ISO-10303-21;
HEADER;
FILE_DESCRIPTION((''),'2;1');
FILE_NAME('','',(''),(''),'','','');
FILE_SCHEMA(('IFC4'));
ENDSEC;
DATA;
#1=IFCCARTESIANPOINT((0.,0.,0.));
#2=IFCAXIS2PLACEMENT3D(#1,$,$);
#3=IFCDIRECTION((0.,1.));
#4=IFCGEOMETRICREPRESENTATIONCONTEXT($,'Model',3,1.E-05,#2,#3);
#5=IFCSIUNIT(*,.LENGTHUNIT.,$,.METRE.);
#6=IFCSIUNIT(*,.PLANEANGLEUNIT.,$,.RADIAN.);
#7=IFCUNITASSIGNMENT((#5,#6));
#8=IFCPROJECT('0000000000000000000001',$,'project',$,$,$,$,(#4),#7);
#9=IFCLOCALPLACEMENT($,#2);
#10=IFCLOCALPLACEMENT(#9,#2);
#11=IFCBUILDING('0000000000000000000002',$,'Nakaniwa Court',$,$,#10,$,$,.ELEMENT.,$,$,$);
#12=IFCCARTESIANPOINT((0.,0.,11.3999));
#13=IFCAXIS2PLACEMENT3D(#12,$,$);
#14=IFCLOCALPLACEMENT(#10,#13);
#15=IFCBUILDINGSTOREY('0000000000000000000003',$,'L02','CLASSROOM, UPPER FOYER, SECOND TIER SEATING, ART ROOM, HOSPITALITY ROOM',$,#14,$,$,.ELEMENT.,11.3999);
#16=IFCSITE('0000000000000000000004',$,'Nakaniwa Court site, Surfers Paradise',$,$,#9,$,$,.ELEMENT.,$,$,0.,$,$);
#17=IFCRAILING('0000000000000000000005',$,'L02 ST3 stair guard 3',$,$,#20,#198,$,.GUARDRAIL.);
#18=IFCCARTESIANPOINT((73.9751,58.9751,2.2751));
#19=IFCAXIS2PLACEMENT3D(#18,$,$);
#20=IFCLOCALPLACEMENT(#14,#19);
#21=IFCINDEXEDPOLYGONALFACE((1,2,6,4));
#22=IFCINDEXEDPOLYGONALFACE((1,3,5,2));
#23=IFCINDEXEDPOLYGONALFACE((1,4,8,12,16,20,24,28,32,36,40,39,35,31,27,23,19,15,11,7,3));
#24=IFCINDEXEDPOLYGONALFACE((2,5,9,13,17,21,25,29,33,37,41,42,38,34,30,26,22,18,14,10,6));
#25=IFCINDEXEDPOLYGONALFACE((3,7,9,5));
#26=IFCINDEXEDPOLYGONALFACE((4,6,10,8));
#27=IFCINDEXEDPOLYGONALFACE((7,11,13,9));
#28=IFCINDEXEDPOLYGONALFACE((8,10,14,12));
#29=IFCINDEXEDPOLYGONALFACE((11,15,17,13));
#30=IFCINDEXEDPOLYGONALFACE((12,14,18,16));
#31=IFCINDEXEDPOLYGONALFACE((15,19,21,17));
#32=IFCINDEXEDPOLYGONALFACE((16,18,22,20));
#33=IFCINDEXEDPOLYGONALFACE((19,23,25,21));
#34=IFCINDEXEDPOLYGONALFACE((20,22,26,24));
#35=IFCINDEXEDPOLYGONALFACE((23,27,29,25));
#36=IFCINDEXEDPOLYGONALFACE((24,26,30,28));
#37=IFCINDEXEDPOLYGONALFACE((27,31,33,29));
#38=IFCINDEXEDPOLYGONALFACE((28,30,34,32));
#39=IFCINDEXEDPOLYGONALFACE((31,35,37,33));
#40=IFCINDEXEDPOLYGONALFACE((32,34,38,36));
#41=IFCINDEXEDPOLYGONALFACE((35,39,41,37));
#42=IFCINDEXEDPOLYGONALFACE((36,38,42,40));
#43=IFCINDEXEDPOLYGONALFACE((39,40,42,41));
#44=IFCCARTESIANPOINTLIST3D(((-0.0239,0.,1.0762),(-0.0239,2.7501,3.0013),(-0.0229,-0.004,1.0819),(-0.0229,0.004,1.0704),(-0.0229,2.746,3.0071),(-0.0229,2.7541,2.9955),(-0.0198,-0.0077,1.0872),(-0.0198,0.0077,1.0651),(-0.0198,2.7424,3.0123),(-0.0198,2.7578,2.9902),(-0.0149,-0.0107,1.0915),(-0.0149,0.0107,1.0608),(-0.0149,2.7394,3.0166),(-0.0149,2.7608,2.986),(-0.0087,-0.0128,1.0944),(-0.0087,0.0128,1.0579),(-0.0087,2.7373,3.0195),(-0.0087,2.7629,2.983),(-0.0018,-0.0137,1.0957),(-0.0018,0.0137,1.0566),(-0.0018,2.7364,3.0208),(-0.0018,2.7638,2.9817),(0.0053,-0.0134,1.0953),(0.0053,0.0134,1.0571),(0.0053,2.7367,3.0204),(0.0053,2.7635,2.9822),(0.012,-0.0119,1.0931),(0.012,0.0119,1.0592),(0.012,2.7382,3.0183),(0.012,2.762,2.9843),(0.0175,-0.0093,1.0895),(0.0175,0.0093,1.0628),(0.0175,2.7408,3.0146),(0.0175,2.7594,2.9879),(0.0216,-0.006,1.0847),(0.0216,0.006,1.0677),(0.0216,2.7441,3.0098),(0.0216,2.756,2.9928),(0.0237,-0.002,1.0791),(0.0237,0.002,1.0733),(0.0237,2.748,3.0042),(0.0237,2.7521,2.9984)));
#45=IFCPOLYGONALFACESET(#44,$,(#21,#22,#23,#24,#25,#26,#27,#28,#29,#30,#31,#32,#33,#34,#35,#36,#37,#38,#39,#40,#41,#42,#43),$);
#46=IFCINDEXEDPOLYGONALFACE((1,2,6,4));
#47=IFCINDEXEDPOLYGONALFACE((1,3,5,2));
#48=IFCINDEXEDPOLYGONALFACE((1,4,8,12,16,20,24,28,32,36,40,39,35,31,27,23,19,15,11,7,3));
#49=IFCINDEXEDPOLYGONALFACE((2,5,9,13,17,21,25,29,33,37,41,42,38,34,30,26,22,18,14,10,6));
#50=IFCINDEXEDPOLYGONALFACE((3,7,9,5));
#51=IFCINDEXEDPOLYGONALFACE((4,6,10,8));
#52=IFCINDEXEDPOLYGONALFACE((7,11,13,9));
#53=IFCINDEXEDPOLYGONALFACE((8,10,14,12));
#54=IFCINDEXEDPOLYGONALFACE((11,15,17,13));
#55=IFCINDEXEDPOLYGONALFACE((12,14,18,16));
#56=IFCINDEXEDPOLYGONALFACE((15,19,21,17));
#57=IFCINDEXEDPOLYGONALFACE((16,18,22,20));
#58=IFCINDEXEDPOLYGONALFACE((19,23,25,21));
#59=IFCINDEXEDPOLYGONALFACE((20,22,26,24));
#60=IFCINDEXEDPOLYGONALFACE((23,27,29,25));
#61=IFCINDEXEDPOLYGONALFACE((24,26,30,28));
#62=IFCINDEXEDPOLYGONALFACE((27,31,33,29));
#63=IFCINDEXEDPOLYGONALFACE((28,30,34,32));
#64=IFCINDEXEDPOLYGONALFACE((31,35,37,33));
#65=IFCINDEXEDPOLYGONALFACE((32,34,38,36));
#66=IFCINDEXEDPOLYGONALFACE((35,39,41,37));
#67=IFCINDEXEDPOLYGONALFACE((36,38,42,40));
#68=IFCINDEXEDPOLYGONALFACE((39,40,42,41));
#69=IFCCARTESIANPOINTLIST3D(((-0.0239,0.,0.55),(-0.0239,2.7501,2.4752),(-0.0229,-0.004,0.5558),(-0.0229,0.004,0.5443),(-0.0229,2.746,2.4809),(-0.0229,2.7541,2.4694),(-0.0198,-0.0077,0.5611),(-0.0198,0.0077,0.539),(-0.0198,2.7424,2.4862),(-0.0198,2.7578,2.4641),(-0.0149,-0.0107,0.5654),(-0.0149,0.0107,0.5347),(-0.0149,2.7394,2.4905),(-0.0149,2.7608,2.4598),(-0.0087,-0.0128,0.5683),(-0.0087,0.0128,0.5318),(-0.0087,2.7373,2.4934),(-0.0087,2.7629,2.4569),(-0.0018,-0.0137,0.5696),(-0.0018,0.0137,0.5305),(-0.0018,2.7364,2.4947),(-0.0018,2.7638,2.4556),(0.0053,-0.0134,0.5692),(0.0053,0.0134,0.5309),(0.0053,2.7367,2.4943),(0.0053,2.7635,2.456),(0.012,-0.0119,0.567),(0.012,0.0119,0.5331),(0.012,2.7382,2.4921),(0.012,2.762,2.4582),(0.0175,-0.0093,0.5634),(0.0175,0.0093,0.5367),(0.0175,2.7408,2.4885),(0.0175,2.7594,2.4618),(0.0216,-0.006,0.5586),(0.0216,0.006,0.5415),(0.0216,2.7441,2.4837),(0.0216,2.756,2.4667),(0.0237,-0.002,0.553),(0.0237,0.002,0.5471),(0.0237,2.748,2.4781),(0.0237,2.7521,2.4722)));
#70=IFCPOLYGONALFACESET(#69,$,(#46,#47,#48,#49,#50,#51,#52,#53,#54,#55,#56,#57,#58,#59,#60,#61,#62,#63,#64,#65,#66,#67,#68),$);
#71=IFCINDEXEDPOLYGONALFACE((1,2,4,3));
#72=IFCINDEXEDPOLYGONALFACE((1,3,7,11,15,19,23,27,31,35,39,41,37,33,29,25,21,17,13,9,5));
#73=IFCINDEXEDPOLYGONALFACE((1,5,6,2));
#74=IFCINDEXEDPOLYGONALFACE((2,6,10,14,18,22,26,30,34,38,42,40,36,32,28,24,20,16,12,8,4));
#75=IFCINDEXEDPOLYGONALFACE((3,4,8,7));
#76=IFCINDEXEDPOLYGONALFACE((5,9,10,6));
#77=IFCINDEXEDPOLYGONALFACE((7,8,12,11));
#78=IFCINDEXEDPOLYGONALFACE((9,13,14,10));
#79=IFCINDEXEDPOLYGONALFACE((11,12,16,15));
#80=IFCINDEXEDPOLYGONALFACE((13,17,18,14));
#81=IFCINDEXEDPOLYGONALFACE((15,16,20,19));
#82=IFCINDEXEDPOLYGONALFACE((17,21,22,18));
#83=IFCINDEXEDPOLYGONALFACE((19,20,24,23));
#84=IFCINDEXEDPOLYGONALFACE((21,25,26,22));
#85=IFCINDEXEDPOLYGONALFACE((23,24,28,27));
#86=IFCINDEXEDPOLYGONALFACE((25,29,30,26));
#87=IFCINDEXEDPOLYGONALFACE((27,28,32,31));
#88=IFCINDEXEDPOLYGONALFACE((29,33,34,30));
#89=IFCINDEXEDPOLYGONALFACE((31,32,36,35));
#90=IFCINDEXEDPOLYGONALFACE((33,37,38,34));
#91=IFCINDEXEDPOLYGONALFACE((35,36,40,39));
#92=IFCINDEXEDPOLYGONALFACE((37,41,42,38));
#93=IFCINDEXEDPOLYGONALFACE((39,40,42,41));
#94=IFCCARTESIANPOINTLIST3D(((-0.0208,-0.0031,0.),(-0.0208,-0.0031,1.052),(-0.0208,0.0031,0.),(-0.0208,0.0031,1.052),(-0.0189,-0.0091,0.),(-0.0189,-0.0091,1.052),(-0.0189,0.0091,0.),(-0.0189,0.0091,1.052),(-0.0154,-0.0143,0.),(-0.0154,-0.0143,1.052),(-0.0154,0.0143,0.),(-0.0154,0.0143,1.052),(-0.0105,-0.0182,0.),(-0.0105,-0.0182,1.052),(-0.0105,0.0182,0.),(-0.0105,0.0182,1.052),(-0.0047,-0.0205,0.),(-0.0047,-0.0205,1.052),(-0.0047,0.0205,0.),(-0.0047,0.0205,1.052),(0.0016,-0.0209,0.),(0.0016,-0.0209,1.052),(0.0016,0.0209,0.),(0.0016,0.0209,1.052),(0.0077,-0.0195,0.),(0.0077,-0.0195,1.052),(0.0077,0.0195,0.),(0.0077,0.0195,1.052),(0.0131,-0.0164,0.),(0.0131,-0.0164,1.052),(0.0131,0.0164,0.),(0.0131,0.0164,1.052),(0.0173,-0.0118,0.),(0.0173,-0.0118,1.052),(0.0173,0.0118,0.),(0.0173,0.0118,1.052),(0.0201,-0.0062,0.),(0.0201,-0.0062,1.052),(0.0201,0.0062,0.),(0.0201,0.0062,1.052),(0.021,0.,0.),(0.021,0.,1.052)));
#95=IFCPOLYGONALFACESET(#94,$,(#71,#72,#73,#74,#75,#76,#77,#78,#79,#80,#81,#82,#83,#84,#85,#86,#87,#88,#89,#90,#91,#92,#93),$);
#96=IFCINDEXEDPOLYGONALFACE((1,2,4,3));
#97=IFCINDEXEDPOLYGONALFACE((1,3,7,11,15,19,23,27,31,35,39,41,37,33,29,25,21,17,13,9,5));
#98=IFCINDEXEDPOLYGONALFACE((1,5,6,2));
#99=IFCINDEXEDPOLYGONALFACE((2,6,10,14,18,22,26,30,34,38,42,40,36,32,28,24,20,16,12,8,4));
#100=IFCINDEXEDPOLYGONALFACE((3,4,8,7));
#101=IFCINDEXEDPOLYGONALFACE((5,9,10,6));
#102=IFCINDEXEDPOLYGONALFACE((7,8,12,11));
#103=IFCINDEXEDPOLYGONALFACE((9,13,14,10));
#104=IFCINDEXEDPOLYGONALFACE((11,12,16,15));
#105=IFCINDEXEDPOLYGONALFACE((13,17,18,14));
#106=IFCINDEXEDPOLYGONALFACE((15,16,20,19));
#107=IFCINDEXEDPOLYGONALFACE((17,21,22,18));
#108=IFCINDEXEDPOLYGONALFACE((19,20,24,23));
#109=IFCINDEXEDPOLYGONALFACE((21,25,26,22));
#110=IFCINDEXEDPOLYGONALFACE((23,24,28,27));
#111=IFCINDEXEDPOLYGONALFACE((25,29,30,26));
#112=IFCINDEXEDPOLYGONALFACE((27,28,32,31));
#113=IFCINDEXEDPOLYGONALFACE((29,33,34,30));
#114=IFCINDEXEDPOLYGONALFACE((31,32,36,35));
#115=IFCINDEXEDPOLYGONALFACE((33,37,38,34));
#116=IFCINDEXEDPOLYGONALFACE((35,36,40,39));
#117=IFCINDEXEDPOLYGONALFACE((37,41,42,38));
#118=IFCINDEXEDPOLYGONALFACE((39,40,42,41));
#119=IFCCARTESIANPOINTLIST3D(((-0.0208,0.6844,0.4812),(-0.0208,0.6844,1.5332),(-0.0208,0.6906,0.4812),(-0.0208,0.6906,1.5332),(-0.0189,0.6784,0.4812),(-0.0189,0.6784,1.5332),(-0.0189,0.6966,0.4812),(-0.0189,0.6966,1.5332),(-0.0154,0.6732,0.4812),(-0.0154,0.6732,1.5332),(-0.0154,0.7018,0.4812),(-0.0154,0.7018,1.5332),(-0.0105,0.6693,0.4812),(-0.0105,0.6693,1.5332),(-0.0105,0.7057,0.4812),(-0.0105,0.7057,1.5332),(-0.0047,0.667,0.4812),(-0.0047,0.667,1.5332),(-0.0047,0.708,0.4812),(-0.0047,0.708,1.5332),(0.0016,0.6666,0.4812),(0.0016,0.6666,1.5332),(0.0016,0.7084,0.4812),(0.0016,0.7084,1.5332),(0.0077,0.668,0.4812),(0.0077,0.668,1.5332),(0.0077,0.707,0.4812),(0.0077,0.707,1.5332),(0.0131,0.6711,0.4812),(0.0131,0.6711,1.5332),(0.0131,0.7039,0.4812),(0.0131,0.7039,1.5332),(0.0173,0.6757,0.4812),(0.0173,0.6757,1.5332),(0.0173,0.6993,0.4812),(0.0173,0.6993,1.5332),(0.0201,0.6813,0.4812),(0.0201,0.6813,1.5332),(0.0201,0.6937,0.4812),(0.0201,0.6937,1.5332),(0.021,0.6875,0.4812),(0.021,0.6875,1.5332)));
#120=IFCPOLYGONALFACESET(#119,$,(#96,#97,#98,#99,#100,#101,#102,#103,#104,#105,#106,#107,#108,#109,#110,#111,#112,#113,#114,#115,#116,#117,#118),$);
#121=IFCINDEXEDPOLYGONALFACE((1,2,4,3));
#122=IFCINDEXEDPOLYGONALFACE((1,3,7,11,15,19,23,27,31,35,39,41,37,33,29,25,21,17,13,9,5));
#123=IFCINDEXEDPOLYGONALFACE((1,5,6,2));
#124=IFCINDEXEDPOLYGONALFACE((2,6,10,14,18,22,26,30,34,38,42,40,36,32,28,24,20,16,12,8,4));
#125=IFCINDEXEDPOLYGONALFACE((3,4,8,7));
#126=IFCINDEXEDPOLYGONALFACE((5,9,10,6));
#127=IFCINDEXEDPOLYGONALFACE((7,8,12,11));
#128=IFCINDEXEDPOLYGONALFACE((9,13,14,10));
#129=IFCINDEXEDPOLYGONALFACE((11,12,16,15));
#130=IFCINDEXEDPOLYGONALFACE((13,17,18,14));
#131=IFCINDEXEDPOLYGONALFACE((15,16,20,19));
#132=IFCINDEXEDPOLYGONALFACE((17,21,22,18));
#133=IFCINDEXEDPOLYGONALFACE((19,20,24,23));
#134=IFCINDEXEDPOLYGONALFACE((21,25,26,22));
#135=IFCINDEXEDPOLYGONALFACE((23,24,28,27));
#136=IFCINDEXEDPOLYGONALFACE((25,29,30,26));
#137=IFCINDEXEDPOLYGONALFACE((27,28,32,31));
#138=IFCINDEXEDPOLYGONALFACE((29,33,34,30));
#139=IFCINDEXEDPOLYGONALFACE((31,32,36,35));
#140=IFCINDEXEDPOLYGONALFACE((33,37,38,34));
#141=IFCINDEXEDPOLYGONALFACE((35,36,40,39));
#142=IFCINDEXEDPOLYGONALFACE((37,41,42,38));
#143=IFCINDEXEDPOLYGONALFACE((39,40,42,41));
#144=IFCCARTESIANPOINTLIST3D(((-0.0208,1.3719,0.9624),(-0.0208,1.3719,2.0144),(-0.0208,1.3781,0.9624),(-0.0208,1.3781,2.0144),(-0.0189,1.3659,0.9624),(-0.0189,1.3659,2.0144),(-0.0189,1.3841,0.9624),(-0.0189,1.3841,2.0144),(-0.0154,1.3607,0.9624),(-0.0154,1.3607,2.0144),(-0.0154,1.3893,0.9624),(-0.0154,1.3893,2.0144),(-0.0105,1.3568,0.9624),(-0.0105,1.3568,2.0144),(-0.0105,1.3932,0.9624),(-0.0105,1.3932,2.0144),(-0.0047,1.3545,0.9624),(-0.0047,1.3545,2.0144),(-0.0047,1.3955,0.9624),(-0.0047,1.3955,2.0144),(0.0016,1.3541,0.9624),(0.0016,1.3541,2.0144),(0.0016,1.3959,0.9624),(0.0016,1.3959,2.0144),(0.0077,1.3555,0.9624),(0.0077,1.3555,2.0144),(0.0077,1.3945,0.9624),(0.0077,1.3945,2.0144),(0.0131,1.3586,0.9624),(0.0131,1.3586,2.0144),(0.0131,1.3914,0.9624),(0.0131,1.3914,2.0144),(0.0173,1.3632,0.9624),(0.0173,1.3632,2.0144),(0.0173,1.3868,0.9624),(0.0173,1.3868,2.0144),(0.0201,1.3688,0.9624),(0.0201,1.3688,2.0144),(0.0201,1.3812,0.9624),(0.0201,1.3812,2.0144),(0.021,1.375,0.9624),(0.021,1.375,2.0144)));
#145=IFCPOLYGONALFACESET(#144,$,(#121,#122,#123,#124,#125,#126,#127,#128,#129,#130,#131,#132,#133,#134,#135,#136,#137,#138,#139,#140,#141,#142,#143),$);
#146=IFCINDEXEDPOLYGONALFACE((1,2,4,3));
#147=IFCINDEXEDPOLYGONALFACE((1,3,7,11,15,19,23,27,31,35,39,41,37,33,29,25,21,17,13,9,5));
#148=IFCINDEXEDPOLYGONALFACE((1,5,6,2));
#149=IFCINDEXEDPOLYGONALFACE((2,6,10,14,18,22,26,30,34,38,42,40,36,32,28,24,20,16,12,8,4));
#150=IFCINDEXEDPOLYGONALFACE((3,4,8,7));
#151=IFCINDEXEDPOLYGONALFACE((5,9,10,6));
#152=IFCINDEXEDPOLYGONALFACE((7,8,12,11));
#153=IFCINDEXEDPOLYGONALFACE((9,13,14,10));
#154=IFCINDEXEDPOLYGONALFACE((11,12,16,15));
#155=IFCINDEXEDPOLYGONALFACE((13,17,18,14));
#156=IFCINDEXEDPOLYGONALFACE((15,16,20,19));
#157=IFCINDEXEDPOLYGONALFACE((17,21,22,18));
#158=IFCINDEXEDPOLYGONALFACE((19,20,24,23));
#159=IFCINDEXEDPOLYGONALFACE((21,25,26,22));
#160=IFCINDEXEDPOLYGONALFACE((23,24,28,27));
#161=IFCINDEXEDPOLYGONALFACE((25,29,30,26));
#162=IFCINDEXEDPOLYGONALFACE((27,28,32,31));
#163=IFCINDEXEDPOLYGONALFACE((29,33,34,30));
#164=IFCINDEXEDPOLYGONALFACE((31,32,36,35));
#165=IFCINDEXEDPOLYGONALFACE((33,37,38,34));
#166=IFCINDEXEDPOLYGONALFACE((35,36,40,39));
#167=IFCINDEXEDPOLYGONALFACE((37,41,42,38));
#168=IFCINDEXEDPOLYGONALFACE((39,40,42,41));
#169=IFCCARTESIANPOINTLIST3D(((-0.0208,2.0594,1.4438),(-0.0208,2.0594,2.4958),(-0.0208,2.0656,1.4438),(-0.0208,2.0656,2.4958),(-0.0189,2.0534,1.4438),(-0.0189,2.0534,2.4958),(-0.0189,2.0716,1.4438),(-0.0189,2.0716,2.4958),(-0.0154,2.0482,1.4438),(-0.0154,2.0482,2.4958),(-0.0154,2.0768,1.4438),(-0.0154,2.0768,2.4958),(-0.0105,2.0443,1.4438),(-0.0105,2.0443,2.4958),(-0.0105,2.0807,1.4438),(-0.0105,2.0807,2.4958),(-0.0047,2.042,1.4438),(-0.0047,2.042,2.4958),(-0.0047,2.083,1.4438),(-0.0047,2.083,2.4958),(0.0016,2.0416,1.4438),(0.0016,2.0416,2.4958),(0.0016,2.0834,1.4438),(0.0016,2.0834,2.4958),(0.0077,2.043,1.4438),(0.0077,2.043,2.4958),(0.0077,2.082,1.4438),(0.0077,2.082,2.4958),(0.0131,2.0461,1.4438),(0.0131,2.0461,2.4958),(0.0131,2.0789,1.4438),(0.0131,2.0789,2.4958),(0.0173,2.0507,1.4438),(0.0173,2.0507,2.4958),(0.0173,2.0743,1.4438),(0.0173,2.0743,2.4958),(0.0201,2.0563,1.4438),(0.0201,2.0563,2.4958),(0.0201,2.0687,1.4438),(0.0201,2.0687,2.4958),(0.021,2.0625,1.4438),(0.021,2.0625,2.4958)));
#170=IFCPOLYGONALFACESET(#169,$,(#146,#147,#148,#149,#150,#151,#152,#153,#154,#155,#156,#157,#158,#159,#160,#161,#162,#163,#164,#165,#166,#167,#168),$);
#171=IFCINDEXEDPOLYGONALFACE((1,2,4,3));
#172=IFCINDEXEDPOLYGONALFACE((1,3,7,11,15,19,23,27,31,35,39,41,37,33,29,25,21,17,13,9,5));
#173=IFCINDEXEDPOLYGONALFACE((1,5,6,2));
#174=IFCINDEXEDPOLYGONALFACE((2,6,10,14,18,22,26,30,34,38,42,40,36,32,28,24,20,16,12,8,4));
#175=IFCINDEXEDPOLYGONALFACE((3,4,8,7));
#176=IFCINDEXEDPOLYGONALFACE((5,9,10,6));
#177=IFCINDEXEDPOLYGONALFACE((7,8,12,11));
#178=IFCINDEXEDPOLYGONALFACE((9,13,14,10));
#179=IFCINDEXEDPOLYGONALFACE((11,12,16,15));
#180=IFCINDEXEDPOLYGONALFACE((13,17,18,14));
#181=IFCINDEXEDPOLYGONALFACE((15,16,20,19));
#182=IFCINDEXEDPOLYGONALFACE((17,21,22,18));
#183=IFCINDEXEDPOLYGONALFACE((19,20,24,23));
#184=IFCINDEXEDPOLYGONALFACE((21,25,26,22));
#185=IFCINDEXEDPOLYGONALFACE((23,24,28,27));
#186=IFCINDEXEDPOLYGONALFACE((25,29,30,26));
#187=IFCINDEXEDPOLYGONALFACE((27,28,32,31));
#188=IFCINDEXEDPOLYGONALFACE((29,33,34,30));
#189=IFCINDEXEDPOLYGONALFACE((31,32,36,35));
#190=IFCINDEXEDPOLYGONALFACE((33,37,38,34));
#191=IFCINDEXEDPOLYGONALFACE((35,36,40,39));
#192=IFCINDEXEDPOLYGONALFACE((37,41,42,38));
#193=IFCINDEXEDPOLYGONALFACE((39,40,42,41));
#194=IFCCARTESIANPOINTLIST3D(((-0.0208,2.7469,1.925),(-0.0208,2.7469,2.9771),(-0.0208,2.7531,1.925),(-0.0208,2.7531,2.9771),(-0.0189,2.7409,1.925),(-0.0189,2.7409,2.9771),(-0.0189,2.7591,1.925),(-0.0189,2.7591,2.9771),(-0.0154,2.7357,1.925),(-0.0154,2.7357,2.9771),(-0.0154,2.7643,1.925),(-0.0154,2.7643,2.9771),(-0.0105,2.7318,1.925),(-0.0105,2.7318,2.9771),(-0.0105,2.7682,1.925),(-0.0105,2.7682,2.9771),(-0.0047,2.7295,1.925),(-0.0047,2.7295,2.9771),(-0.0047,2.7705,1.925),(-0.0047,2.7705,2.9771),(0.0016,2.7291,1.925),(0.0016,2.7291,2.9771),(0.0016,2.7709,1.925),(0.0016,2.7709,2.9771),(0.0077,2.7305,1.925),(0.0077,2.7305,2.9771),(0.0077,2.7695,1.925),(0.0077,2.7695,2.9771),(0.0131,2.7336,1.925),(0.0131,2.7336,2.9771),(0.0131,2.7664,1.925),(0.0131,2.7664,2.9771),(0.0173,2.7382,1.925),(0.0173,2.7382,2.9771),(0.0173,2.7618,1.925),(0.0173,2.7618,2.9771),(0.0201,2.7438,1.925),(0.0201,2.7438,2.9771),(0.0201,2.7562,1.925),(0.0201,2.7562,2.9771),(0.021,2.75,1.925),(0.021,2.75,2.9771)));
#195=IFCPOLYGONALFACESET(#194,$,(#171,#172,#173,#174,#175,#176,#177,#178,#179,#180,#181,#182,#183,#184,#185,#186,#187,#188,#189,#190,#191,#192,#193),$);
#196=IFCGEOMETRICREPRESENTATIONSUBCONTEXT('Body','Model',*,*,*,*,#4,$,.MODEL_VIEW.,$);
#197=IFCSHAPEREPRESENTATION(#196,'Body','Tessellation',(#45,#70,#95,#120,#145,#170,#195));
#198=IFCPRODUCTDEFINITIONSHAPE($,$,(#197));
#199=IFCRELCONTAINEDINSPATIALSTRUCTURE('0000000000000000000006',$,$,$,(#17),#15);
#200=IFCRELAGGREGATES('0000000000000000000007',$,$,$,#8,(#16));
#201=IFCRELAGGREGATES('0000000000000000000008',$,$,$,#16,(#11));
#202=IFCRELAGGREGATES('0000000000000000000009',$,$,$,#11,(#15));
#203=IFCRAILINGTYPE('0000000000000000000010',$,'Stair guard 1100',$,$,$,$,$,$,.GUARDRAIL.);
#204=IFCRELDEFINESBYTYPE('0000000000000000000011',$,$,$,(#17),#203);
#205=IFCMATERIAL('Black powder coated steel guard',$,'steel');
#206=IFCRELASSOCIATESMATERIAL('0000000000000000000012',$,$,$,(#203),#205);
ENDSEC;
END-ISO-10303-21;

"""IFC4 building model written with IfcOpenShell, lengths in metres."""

from ifc_helpers import new_model, si_unit, direction, frame, origin, origin_2d, place, context, subcontext, project, spatial, circle, extrude, material, type_object, element, save


model = new_model("IFC4")

# Units and contexts
model_context = context("Model", 3, precision=1e-05, world=origin(), true_north=direction((0.0, 1.0)))
body_context = subcontext(model_context, "Body", "Model", "MODEL_VIEW")
ifc_project = project(units=[si_unit("LENGTHUNIT", "METRE"), si_unit("PLANEANGLEUNIT", "RADIAN")], contexts=[model_context])

# Site, building, storey
site_placement = place(None, origin())
site = spatial("IfcSite", under=ifc_project, at=site_placement, Name="Nakaniwa Court site, Surfers Paradise", CompositionType="ELEMENT", RefElevation=0.0)
building_placement = place(site_placement, origin())
building = spatial("IfcBuilding", under=site, at=building_placement, Name="Nakaniwa Court", CompositionType="ELEMENT")
storey_placement = place(building_placement, frame((0.0, 0.0, 11.3999)))
storey = spatial("IfcBuildingStorey", under=building, at=storey_placement, Name="L02", Description="CLASSROOM, UPPER FOYER, SECOND TIER SEATING, ART ROOM, HOSPITALITY ROOM", CompositionType="ELEMENT", Elevation=11.3999)

# Railing
ifc_material_1 = material(Name="Black powder coated steel guard", Category="steel")
railing_type_1 = type_object("IfcRailingType", Name="Stair guard 1100", PredefinedType="GUARDRAIL", material=ifc_material_1)
railing_1_placement = place(storey_placement, frame((73.9751, 58.9751, 2.2751)))
element("IfcRailing", 1, at=railing_1_placement, inside=storey, type_object=railing_type_1, Name="L02 ST3 stair guard 3", PredefinedType="GUARDRAIL", context=body_context, shape_type="SweptSolid", body=[
    extrude(circle(Radius=0.0239, at=origin_2d()), frame((0.0, 0.0, 1.0762), z_axis=(0.0, 0.819225, 0.573472), x_axis=(-1.0, 0.0, 0.0)), (0.0, 0.0, 1.0), 3.3569),
    extrude(circle(Radius=0.0239, at=origin_2d()), frame((0.0, 0.0, 0.55), z_axis=(0.0, 0.819225, 0.573472), x_axis=(-1.0, 0.0, 0.0)), (0.0, 0.0, 1.0), 3.3569),
    extrude(circle(Radius=0.021, at=origin_2d()), origin(), (0.0, 0.0, 1.0), 1.052),
    extrude(circle(Radius=0.021, at=origin_2d()), frame((0.0, 0.6875, 0.4812)), (0.0, 0.0, 1.0), 1.052),
    extrude(circle(Radius=0.021, at=origin_2d()), frame((0.0, 1.375, 0.9624)), (0.0, 0.0, 1.0), 1.052),
    extrude(circle(Radius=0.021, at=origin_2d()), frame((0.0, 2.0625, 1.4438)), (0.0, 0.0, 1.0), 1.052),
    extrude(circle(Radius=0.021, at=origin_2d()), frame((0.0, 2.75, 1.925)), (0.0, 0.0, 1.0), 1.052),
])

save(model, "model.ifc")
